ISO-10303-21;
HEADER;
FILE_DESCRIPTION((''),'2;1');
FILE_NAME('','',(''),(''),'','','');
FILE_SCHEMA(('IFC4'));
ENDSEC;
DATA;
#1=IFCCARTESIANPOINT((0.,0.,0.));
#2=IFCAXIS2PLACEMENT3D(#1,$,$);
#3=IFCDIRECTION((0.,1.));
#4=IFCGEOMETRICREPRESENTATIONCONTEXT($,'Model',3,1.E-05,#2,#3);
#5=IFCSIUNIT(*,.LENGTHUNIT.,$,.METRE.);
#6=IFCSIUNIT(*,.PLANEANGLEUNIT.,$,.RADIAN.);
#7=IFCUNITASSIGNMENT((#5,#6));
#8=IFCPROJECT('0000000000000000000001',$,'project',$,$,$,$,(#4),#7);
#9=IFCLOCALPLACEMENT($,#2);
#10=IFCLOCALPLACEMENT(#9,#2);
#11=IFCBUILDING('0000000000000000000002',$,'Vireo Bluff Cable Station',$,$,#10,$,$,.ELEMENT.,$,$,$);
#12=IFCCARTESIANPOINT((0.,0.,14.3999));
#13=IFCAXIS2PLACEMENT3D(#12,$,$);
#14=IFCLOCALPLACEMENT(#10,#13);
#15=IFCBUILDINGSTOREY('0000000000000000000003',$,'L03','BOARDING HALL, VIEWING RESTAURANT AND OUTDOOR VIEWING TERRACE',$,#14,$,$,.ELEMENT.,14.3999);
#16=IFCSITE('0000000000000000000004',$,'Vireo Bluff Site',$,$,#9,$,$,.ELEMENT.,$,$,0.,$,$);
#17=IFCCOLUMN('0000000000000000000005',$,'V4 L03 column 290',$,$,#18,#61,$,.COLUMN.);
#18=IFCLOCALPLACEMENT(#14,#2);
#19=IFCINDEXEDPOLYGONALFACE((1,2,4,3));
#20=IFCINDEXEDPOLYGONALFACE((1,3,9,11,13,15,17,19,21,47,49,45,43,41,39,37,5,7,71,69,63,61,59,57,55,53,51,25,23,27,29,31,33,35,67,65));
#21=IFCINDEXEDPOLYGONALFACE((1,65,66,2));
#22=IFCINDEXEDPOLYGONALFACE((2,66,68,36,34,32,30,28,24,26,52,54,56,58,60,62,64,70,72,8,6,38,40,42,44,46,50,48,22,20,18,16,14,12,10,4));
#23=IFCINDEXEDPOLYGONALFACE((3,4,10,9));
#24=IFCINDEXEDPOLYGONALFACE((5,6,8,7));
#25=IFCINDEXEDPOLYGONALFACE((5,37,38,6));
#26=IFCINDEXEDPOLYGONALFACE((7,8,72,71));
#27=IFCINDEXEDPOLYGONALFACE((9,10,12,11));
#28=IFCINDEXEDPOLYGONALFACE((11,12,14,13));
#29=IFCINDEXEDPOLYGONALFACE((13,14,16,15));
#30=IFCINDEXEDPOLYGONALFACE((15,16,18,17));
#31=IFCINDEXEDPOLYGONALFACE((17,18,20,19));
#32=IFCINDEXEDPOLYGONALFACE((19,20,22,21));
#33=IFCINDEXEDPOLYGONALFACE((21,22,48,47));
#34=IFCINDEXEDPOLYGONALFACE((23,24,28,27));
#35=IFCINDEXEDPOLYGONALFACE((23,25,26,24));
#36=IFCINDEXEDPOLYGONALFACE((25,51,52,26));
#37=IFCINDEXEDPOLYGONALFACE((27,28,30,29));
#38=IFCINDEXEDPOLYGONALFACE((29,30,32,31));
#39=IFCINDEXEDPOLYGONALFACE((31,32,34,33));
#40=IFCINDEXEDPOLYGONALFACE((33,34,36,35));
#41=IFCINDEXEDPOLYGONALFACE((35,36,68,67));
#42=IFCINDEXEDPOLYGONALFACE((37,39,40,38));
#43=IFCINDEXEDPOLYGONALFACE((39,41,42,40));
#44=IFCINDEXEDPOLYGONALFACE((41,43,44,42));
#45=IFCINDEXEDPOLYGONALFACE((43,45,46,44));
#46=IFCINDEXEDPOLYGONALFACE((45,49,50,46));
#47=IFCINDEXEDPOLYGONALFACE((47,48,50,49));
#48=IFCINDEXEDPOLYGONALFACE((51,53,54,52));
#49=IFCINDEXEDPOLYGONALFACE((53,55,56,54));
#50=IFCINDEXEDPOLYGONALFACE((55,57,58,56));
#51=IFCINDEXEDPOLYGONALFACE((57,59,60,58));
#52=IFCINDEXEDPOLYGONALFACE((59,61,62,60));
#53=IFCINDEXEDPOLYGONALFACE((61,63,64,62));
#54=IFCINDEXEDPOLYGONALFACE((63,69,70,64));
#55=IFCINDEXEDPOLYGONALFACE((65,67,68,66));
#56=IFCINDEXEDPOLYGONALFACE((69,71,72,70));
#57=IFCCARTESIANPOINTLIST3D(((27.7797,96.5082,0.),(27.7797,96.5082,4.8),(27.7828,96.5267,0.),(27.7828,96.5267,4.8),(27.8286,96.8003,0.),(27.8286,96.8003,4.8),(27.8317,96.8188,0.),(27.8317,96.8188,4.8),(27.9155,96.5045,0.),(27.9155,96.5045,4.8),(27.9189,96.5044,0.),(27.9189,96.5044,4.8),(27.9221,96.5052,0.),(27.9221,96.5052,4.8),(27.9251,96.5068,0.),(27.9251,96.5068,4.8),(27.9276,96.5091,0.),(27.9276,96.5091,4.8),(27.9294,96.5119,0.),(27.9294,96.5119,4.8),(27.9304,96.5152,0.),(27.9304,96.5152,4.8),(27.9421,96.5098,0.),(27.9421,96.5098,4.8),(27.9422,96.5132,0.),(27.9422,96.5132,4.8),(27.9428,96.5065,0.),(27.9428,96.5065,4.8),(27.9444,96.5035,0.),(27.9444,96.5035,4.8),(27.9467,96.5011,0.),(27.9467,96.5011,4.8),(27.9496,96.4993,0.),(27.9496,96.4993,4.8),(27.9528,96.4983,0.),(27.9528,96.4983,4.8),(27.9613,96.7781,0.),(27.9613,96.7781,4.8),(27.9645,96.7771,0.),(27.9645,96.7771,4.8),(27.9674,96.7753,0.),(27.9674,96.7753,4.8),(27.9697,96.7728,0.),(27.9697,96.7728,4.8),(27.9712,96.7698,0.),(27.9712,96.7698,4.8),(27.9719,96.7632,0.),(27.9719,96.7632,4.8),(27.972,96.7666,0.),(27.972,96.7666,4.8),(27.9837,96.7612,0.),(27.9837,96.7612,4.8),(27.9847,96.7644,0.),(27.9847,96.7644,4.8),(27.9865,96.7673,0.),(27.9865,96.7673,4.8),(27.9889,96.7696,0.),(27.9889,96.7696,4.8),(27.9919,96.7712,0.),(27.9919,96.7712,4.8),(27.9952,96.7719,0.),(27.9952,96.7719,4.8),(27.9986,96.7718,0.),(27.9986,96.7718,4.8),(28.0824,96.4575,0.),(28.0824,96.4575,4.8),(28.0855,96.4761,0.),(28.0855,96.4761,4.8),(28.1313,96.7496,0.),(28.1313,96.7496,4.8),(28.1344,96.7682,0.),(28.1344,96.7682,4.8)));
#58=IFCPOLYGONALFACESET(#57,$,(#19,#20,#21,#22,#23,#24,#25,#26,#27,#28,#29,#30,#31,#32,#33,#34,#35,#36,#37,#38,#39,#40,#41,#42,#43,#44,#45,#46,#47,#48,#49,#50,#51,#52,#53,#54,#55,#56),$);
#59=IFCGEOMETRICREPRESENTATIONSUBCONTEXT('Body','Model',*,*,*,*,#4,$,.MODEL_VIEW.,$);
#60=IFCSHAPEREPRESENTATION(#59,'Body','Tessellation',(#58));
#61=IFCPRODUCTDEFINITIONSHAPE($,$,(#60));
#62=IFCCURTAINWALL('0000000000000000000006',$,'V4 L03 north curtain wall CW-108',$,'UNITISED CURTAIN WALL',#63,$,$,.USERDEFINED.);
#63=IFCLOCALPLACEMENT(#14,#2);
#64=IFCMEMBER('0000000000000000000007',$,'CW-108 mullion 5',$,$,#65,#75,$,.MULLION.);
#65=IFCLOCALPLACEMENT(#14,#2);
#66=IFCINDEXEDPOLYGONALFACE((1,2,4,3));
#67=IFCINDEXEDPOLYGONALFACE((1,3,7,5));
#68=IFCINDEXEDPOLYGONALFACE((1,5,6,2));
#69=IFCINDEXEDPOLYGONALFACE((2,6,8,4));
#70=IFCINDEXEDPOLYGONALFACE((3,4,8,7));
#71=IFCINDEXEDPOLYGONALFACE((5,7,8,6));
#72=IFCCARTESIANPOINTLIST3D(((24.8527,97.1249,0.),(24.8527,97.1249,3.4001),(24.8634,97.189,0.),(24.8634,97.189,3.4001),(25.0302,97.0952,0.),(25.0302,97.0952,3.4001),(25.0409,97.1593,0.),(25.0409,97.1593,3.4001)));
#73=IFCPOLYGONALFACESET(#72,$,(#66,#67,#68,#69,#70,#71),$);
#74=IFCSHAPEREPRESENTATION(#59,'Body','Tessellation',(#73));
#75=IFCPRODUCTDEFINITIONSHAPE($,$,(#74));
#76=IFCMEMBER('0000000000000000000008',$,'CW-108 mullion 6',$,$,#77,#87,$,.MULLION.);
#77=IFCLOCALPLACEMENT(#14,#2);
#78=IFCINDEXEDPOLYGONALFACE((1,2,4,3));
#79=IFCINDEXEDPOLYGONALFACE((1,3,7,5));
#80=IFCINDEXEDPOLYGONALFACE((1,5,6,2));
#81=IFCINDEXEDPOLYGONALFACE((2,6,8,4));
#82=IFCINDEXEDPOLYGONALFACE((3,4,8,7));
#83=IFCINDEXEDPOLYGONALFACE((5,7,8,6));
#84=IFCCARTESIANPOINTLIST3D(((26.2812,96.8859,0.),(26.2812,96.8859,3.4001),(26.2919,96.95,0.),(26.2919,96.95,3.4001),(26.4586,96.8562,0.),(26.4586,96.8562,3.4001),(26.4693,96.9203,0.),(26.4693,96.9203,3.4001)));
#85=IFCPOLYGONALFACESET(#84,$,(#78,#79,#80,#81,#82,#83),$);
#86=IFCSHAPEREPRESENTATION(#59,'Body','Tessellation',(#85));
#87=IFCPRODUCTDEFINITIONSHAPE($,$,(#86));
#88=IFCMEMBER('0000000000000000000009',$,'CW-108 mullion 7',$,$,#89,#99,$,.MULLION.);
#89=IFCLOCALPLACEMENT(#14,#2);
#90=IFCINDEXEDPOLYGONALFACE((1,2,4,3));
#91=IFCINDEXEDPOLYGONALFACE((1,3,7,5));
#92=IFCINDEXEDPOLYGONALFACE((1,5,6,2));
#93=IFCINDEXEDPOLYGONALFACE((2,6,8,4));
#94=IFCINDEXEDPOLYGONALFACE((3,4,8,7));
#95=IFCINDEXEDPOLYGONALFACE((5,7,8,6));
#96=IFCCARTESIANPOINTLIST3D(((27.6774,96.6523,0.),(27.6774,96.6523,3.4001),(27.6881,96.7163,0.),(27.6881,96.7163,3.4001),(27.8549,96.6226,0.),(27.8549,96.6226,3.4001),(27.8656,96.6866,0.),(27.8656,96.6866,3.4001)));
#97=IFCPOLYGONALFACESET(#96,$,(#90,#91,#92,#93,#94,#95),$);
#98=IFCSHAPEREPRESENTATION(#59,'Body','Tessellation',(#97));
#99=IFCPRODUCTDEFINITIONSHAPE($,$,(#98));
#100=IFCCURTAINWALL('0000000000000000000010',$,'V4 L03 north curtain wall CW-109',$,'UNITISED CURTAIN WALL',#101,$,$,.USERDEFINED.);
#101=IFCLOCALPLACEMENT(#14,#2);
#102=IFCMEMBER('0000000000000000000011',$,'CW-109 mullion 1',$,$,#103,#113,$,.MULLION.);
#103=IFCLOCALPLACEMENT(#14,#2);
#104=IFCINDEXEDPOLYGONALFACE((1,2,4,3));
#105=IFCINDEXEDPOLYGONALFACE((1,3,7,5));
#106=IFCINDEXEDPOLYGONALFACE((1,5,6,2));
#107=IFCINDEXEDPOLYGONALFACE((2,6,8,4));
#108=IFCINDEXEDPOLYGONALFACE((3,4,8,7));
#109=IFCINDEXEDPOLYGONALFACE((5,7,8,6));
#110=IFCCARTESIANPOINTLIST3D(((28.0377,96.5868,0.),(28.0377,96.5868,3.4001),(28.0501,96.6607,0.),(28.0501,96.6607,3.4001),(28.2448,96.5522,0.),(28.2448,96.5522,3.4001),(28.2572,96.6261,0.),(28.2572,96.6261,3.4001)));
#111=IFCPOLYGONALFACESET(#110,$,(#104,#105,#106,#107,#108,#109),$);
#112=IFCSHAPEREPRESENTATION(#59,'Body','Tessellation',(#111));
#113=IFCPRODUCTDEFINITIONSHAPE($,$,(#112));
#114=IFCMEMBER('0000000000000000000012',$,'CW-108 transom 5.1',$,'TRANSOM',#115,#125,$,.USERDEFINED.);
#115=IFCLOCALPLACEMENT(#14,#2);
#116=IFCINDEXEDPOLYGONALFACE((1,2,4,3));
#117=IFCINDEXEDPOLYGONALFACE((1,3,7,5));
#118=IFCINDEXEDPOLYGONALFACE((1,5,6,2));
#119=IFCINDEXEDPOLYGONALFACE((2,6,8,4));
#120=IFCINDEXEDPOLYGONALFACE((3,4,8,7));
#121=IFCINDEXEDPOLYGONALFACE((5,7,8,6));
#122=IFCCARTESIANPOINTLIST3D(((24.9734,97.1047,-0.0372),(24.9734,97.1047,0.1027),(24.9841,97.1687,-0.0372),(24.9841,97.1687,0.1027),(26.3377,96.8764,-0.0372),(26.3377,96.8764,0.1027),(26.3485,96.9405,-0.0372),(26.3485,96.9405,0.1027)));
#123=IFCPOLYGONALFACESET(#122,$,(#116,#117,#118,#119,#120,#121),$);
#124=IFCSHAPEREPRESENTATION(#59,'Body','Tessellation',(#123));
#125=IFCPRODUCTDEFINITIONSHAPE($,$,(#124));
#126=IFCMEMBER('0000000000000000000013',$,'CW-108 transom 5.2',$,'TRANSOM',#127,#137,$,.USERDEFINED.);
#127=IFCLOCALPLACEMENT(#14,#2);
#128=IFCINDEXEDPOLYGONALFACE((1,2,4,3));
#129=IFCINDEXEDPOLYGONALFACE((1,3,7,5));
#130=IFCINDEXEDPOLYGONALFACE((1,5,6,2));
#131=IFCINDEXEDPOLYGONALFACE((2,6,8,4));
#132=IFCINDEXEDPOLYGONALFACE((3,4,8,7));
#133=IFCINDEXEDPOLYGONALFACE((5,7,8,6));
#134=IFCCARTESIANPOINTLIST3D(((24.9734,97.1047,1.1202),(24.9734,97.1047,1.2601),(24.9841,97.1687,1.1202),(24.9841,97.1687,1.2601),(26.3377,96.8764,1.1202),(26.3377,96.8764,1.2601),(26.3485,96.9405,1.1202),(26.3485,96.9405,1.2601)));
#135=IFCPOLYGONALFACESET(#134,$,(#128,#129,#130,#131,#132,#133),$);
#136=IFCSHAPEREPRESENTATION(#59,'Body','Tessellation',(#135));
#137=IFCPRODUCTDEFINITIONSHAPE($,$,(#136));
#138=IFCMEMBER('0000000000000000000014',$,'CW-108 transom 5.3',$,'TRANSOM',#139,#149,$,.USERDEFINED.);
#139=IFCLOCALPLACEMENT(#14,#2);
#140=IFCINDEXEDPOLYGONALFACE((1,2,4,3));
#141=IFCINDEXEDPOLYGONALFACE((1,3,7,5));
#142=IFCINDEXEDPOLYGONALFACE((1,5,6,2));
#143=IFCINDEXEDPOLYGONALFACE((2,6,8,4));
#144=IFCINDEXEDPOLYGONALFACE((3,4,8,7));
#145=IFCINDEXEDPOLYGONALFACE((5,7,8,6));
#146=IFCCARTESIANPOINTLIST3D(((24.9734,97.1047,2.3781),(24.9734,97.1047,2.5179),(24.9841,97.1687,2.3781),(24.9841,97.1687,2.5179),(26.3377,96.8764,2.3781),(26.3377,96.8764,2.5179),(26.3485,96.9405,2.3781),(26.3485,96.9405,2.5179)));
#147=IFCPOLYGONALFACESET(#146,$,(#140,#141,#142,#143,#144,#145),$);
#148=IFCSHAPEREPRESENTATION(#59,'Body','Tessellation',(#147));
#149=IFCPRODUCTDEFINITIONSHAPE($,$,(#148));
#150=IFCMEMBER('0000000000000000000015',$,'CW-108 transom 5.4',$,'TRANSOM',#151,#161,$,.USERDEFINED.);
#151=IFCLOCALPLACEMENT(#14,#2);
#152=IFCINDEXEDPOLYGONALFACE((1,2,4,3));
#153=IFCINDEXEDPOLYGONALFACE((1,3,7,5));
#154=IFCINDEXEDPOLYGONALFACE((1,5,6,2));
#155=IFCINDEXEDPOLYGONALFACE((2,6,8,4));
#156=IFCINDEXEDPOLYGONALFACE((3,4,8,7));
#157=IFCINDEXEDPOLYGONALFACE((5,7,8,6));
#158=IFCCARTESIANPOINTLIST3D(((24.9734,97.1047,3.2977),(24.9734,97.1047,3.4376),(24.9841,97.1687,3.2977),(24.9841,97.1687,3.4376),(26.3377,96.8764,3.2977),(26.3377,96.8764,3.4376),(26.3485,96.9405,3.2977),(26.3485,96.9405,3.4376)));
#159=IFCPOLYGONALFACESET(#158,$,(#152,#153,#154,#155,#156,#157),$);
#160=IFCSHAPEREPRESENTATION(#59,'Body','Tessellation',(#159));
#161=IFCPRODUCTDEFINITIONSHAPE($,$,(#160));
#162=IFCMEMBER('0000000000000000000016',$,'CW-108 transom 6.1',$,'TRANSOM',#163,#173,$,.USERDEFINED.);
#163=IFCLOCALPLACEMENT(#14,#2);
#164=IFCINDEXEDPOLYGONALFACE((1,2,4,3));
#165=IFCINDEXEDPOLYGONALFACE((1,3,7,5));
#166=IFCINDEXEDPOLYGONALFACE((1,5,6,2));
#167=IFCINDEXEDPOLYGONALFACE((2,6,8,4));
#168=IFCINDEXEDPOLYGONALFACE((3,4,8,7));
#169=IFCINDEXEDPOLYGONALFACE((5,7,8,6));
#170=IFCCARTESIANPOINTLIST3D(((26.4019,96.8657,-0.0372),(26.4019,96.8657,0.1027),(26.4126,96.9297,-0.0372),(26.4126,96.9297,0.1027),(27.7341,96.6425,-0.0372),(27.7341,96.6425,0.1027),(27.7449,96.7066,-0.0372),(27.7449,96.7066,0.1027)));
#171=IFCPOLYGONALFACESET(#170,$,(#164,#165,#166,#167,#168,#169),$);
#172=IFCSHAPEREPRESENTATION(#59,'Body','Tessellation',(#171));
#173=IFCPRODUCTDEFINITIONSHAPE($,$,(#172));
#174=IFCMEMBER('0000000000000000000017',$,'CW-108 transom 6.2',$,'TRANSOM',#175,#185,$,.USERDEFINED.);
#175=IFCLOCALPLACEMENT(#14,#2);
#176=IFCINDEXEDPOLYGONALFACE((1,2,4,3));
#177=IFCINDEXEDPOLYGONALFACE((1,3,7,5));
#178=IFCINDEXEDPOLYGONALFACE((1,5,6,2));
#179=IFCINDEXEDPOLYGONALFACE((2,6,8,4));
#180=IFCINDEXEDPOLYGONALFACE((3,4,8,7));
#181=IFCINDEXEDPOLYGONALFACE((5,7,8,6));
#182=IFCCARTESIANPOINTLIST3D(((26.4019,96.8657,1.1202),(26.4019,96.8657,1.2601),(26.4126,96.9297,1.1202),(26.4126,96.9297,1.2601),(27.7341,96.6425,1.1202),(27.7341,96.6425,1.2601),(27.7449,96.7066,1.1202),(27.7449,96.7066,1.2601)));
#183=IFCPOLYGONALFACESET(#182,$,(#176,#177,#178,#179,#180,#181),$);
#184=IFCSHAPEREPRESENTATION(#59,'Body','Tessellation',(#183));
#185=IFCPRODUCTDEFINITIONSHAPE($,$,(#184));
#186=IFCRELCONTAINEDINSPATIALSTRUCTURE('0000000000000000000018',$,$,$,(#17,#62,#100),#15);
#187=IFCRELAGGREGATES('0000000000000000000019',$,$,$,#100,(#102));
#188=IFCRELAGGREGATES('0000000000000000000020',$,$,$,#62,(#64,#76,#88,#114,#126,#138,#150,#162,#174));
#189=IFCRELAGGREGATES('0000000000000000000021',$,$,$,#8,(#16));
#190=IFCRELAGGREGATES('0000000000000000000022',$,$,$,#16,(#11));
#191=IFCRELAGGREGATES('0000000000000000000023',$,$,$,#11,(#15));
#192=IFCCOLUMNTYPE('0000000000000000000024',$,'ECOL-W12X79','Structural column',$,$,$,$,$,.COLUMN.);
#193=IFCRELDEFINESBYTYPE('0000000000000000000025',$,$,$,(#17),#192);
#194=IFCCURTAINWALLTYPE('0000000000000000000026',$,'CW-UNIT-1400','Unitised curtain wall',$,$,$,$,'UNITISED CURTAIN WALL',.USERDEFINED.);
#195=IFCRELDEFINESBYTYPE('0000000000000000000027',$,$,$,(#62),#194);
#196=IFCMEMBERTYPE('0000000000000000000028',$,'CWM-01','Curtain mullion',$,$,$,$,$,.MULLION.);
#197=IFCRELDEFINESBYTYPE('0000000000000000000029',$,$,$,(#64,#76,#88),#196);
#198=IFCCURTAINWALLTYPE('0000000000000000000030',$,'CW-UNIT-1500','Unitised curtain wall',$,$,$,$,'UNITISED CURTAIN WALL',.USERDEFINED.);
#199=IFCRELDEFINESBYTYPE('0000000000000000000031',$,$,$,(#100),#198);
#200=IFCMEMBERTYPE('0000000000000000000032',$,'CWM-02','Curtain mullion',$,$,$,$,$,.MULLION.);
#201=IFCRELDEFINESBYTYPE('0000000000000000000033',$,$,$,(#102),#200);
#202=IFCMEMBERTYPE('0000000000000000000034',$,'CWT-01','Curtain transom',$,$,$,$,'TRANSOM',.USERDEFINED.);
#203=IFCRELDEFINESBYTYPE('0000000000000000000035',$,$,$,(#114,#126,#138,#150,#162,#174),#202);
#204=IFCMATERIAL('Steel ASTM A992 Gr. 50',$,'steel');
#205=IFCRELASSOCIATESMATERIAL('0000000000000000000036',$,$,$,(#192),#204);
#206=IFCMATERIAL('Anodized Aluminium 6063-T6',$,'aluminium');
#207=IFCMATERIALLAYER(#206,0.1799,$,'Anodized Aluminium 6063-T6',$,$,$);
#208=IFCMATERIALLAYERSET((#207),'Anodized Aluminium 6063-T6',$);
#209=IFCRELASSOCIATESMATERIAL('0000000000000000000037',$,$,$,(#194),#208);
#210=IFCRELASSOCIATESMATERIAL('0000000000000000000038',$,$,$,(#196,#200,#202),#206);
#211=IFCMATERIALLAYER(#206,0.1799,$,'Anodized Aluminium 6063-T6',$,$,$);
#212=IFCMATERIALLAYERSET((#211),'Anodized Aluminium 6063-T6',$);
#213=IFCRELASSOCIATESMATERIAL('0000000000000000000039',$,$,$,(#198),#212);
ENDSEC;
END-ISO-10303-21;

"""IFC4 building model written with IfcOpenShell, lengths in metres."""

from ifc_helpers import new_model, si_unit, direction, frame, origin, origin_2d, place, context, subcontext, project, spatial, rectangle, i_section, extrude, material, layer, layer_set, material_profile, profile_set, type_object, element, aggregate, save


model = new_model("IFC4")

# Units and contexts
model_context = context("Model", 3, precision=1e-05, world=origin(), true_north=direction((0.0, 1.0)))
body_context = subcontext(model_context, "Body", "Model", "MODEL_VIEW")
ifc_project = project(units=[si_unit("LENGTHUNIT", "METRE"), si_unit("PLANEANGLEUNIT", "RADIAN")], contexts=[model_context])

# Site, building, storey
site_placement = place(None, origin())
site = spatial("IfcSite", under=ifc_project, at=site_placement, Name="Vireo Bluff Site", CompositionType="ELEMENT", RefElevation=0.0)
building_placement = place(site_placement, origin())
building = spatial("IfcBuilding", under=site, at=building_placement, Name="Vireo Bluff Cable Station", CompositionType="ELEMENT")
storey_placement = place(building_placement, frame((0.0, 0.0, 14.3999)))
storey = spatial("IfcBuildingStorey", under=building, at=storey_placement, Name="L03", Description="BOARDING HALL, VIEWING RESTAURANT AND OUTDOOR VIEWING TERRACE", CompositionType="ELEMENT", Elevation=14.3999)

# Column
ifc_material_1 = material(Name="Steel ASTM A992 Gr. 50", Category="steel")
ifc_material_profile_1 = material_profile(ifc_material_1, i_section(OverallWidth=0.3069, OverallDepth=0.3149, WebThickness=0.012, FlangeThickness=0.0188, FilletRadius=0.0129, at=origin_2d()), Name="W12X79")
ifc_profile_set_1 = profile_set([ifc_material_profile_1], Name="Steel ASTM A992 Gr. 50")
column_type = type_object("IfcColumnType", Name="ECOL-W12X79", Description="Structural column", PredefinedType="COLUMN", material=ifc_profile_set_1)
column_placement = place(storey_placement, frame((27.957, 96.6382, 0.0), z_axis=(0.0, 0.0, 1.0), x_axis=(0.986286, -0.165048, 0.0)))
element("IfcColumn", 1, at=column_placement, inside=storey, type_object=column_type, Name="V4 L03 column 290", PredefinedType="COLUMN", context=body_context, shape_type="SweptSolid", body=[
    extrude(i_section(OverallWidth=0.3069, OverallDepth=0.3149, WebThickness=0.012, FlangeThickness=0.0188, FilletRadius=0.0129, at=origin_2d()), origin(), (0.0, 0.0, 1.0), 4.8),
])

# Curtain wall, members
ifc_material_2 = material(Name="Anodized Aluminium 6063-T6", Category="aluminium")
ifc_layer_1 = layer(ifc_material_2, 0.1799, Name="Anodized Aluminium 6063-T6")
ifc_layer_set_1 = layer_set([ifc_layer_1], Name="Anodized Aluminium 6063-T6")
curtain_wall_type_1 = type_object("IfcCurtainWallType", Name="CW-UNIT-1400", Description="Unitised curtain wall", ElementType="UNITISED CURTAIN WALL", PredefinedType="USERDEFINED", material=ifc_layer_set_1)
curtain_wall_1_placement = place(storey_placement, origin())
curtain_wall_1 = element("IfcCurtainWall", 2, at=curtain_wall_1_placement, inside=storey, type_object=curtain_wall_type_1, Name="V4 L03 north curtain wall CW-108", ObjectType="UNITISED CURTAIN WALL", PredefinedType="USERDEFINED")
ifc_material_profile_2 = material_profile(ifc_material_2, rectangle(XDim=0.0649, YDim=0.1799, at=origin_2d()), Name="ALU-M-65X180")
ifc_profile_set_2 = profile_set([ifc_material_profile_2], Name="Anodized Aluminium 6063-T6")
member_type_1 = type_object("IfcMemberType", Name="CWM-01", Description="Curtain mullion", PredefinedType="MULLION", material=ifc_profile_set_2)
member_1_placement = place(storey_placement, frame((24.9468, 97.1421, 0.0), z_axis=(0.0, 0.0, 1.0), x_axis=(0.165048, 0.986286, 0.0)))
member_1 = element("IfcMember", 3, at=member_1_placement, type_object=member_type_1, Name="CW-108 mullion 5", PredefinedType="MULLION", context=body_context, shape_type="SweptSolid", body=[
    extrude(rectangle(XDim=0.0649, YDim=0.1799, at=origin_2d()), origin(), (0.0, 0.0, 1.0), 3.4001),
])
member_2_placement = place(storey_placement, frame((26.3752, 96.9031, 0.0), z_axis=(0.0, 0.0, 1.0), x_axis=(0.165048, 0.986286, 0.0)))
member_2 = element("IfcMember", 4, at=member_2_placement, type_object=member_type_1, Name="CW-108 mullion 6", PredefinedType="MULLION", context=body_context, shape_type="SweptSolid", body=[
    extrude(rectangle(XDim=0.0649, YDim=0.1799, at=origin_2d()), origin(), (0.0, 0.0, 1.0), 3.4001),
])
member_3_placement = place(storey_placement, frame((27.7715, 96.6694, 0.0), z_axis=(0.0, 0.0, 1.0), x_axis=(0.165048, 0.986286, 0.0)))
member_3 = element("IfcMember", 5, at=member_3_placement, type_object=member_type_1, Name="CW-108 mullion 7", PredefinedType="MULLION", context=body_context, shape_type="SweptSolid", body=[
    extrude(rectangle(XDim=0.0649, YDim=0.1799, at=origin_2d()), origin(), (0.0, 0.0, 1.0), 3.4001),
])

# Curtain wall, member
ifc_layer_2 = layer(ifc_material_2, 0.1799, Name="Anodized Aluminium 6063-T6")
ifc_layer_set_2 = layer_set([ifc_layer_2], Name="Anodized Aluminium 6063-T6")
curtain_wall_type_2 = type_object("IfcCurtainWallType", Name="CW-UNIT-1500", Description="Unitised curtain wall", ElementType="UNITISED CURTAIN WALL", PredefinedType="USERDEFINED", material=ifc_layer_set_2)
curtain_wall_2_placement = place(storey_placement, origin())
curtain_wall_2 = element("IfcCurtainWall", 6, at=curtain_wall_2_placement, inside=storey, type_object=curtain_wall_type_2, Name="V4 L03 north curtain wall CW-109", ObjectType="UNITISED CURTAIN WALL", PredefinedType="USERDEFINED")
ifc_material_profile_3 = material_profile(ifc_material_2, rectangle(XDim=0.075, YDim=0.21, at=origin_2d()), Name="ALU-M-75X210")
ifc_profile_set_3 = profile_set([ifc_material_profile_3], Name="Anodized Aluminium 6063-T6")
member_type_2 = type_object("IfcMemberType", Name="CWM-02", Description="Curtain mullion", PredefinedType="MULLION", material=ifc_profile_set_3)
member_4_placement = place(storey_placement, frame((28.1475, 96.6064, 0.0), z_axis=(0.0, 0.0, 1.0), x_axis=(0.165048, 0.986286, 0.0)))
member_4 = element("IfcMember", 7, at=member_4_placement, type_object=member_type_2, Name="CW-109 mullion 1", PredefinedType="MULLION", context=body_context, shape_type="SweptSolid", body=[
    extrude(rectangle(XDim=0.075, YDim=0.21, at=origin_2d()), origin(), (0.0, 0.0, 1.0), 3.4001),
])

# Members
ifc_material_profile_4 = material_profile(ifc_material_2, rectangle(XDim=0.0649, YDim=0.1399, at=origin_2d()), Name="ALU-T-65X140")
ifc_profile_set_4 = profile_set([ifc_material_profile_4], Name="Anodized Aluminium 6063-T6")
member_type_3 = type_object("IfcMemberType", Name="CWT-01", Description="Curtain transom", ElementType="TRANSOM", PredefinedType="USERDEFINED", material=ifc_profile_set_4)
member_5_placement = place(storey_placement, frame((24.9788, 97.1367, 0.0327), z_axis=(0.986289, -0.165029, 0.0), x_axis=(0.165029, 0.986289, 0.0)))
member_5 = element("IfcMember", 8, at=member_5_placement, type_object=member_type_3, Name="CW-108 transom 5.1", ObjectType="TRANSOM", PredefinedType="USERDEFINED", context=body_context, shape_type="SweptSolid", body=[
    extrude(rectangle(XDim=0.0649, YDim=0.1399, at=origin_2d()), origin(), (0.0, 0.0, 1.0), 1.3833),
])
member_6_placement = place(storey_placement, frame((24.9788, 97.1367, 1.1902), z_axis=(0.986289, -0.165029, 0.0), x_axis=(0.165029, 0.986289, 0.0)))
member_6 = element("IfcMember", 9, at=member_6_placement, type_object=member_type_3, Name="CW-108 transom 5.2", ObjectType="TRANSOM", PredefinedType="USERDEFINED", context=body_context, shape_type="SweptSolid", body=[
    extrude(rectangle(XDim=0.0649, YDim=0.1399, at=origin_2d()), origin(), (0.0, 0.0, 1.0), 1.3833),
])
member_7_placement = place(storey_placement, frame((24.9788, 97.1367, 2.448), z_axis=(0.986289, -0.165029, 0.0), x_axis=(0.165029, 0.986289, 0.0)))
member_7 = element("IfcMember", 10, at=member_7_placement, type_object=member_type_3, Name="CW-108 transom 5.3", ObjectType="TRANSOM", PredefinedType="USERDEFINED", context=body_context, shape_type="SweptSolid", body=[
    extrude(rectangle(XDim=0.0649, YDim=0.1399, at=origin_2d()), origin(), (0.0, 0.0, 1.0), 1.3833),
])
member_8_placement = place(storey_placement, frame((24.9788, 97.1367, 3.3677), z_axis=(0.986289, -0.165029, 0.0), x_axis=(0.165029, 0.986289, 0.0)))
member_8 = element("IfcMember", 11, at=member_8_placement, type_object=member_type_3, Name="CW-108 transom 5.4", ObjectType="TRANSOM", PredefinedType="USERDEFINED", context=body_context, shape_type="SweptSolid", body=[
    extrude(rectangle(XDim=0.0649, YDim=0.1399, at=origin_2d()), origin(), (0.0, 0.0, 1.0), 1.3833),
])
member_9_placement = place(storey_placement, frame((26.4072, 96.8977, 0.0327), z_axis=(0.986262, -0.16519, 0.0), x_axis=(0.16519, 0.986262, 0.0)))
member_9 = element("IfcMember", 12, at=member_9_placement, type_object=member_type_3, Name="CW-108 transom 6.1", ObjectType="TRANSOM", PredefinedType="USERDEFINED", context=body_context, shape_type="SweptSolid", body=[
    extrude(rectangle(XDim=0.0649, YDim=0.1399, at=origin_2d()), origin(), (0.0, 0.0, 1.0), 1.3508),
])
member_10_placement = place(storey_placement, frame((26.4072, 96.8977, 1.1902), z_axis=(0.986262, -0.16519, 0.0), x_axis=(0.16519, 0.986262, 0.0)))
member_10 = element("IfcMember", 13, at=member_10_placement, type_object=member_type_3, Name="CW-108 transom 6.2", ObjectType="TRANSOM", PredefinedType="USERDEFINED", context=body_context, shape_type="SweptSolid", body=[
    extrude(rectangle(XDim=0.0649, YDim=0.1399, at=origin_2d()), origin(), (0.0, 0.0, 1.0), 1.3508),
])
aggregate(curtain_wall_2, [member_4])

aggregate(curtain_wall_1, [member_1, member_2, member_3, member_5, member_6, member_7, member_8, member_9, member_10])

save(model, "model.ifc")
